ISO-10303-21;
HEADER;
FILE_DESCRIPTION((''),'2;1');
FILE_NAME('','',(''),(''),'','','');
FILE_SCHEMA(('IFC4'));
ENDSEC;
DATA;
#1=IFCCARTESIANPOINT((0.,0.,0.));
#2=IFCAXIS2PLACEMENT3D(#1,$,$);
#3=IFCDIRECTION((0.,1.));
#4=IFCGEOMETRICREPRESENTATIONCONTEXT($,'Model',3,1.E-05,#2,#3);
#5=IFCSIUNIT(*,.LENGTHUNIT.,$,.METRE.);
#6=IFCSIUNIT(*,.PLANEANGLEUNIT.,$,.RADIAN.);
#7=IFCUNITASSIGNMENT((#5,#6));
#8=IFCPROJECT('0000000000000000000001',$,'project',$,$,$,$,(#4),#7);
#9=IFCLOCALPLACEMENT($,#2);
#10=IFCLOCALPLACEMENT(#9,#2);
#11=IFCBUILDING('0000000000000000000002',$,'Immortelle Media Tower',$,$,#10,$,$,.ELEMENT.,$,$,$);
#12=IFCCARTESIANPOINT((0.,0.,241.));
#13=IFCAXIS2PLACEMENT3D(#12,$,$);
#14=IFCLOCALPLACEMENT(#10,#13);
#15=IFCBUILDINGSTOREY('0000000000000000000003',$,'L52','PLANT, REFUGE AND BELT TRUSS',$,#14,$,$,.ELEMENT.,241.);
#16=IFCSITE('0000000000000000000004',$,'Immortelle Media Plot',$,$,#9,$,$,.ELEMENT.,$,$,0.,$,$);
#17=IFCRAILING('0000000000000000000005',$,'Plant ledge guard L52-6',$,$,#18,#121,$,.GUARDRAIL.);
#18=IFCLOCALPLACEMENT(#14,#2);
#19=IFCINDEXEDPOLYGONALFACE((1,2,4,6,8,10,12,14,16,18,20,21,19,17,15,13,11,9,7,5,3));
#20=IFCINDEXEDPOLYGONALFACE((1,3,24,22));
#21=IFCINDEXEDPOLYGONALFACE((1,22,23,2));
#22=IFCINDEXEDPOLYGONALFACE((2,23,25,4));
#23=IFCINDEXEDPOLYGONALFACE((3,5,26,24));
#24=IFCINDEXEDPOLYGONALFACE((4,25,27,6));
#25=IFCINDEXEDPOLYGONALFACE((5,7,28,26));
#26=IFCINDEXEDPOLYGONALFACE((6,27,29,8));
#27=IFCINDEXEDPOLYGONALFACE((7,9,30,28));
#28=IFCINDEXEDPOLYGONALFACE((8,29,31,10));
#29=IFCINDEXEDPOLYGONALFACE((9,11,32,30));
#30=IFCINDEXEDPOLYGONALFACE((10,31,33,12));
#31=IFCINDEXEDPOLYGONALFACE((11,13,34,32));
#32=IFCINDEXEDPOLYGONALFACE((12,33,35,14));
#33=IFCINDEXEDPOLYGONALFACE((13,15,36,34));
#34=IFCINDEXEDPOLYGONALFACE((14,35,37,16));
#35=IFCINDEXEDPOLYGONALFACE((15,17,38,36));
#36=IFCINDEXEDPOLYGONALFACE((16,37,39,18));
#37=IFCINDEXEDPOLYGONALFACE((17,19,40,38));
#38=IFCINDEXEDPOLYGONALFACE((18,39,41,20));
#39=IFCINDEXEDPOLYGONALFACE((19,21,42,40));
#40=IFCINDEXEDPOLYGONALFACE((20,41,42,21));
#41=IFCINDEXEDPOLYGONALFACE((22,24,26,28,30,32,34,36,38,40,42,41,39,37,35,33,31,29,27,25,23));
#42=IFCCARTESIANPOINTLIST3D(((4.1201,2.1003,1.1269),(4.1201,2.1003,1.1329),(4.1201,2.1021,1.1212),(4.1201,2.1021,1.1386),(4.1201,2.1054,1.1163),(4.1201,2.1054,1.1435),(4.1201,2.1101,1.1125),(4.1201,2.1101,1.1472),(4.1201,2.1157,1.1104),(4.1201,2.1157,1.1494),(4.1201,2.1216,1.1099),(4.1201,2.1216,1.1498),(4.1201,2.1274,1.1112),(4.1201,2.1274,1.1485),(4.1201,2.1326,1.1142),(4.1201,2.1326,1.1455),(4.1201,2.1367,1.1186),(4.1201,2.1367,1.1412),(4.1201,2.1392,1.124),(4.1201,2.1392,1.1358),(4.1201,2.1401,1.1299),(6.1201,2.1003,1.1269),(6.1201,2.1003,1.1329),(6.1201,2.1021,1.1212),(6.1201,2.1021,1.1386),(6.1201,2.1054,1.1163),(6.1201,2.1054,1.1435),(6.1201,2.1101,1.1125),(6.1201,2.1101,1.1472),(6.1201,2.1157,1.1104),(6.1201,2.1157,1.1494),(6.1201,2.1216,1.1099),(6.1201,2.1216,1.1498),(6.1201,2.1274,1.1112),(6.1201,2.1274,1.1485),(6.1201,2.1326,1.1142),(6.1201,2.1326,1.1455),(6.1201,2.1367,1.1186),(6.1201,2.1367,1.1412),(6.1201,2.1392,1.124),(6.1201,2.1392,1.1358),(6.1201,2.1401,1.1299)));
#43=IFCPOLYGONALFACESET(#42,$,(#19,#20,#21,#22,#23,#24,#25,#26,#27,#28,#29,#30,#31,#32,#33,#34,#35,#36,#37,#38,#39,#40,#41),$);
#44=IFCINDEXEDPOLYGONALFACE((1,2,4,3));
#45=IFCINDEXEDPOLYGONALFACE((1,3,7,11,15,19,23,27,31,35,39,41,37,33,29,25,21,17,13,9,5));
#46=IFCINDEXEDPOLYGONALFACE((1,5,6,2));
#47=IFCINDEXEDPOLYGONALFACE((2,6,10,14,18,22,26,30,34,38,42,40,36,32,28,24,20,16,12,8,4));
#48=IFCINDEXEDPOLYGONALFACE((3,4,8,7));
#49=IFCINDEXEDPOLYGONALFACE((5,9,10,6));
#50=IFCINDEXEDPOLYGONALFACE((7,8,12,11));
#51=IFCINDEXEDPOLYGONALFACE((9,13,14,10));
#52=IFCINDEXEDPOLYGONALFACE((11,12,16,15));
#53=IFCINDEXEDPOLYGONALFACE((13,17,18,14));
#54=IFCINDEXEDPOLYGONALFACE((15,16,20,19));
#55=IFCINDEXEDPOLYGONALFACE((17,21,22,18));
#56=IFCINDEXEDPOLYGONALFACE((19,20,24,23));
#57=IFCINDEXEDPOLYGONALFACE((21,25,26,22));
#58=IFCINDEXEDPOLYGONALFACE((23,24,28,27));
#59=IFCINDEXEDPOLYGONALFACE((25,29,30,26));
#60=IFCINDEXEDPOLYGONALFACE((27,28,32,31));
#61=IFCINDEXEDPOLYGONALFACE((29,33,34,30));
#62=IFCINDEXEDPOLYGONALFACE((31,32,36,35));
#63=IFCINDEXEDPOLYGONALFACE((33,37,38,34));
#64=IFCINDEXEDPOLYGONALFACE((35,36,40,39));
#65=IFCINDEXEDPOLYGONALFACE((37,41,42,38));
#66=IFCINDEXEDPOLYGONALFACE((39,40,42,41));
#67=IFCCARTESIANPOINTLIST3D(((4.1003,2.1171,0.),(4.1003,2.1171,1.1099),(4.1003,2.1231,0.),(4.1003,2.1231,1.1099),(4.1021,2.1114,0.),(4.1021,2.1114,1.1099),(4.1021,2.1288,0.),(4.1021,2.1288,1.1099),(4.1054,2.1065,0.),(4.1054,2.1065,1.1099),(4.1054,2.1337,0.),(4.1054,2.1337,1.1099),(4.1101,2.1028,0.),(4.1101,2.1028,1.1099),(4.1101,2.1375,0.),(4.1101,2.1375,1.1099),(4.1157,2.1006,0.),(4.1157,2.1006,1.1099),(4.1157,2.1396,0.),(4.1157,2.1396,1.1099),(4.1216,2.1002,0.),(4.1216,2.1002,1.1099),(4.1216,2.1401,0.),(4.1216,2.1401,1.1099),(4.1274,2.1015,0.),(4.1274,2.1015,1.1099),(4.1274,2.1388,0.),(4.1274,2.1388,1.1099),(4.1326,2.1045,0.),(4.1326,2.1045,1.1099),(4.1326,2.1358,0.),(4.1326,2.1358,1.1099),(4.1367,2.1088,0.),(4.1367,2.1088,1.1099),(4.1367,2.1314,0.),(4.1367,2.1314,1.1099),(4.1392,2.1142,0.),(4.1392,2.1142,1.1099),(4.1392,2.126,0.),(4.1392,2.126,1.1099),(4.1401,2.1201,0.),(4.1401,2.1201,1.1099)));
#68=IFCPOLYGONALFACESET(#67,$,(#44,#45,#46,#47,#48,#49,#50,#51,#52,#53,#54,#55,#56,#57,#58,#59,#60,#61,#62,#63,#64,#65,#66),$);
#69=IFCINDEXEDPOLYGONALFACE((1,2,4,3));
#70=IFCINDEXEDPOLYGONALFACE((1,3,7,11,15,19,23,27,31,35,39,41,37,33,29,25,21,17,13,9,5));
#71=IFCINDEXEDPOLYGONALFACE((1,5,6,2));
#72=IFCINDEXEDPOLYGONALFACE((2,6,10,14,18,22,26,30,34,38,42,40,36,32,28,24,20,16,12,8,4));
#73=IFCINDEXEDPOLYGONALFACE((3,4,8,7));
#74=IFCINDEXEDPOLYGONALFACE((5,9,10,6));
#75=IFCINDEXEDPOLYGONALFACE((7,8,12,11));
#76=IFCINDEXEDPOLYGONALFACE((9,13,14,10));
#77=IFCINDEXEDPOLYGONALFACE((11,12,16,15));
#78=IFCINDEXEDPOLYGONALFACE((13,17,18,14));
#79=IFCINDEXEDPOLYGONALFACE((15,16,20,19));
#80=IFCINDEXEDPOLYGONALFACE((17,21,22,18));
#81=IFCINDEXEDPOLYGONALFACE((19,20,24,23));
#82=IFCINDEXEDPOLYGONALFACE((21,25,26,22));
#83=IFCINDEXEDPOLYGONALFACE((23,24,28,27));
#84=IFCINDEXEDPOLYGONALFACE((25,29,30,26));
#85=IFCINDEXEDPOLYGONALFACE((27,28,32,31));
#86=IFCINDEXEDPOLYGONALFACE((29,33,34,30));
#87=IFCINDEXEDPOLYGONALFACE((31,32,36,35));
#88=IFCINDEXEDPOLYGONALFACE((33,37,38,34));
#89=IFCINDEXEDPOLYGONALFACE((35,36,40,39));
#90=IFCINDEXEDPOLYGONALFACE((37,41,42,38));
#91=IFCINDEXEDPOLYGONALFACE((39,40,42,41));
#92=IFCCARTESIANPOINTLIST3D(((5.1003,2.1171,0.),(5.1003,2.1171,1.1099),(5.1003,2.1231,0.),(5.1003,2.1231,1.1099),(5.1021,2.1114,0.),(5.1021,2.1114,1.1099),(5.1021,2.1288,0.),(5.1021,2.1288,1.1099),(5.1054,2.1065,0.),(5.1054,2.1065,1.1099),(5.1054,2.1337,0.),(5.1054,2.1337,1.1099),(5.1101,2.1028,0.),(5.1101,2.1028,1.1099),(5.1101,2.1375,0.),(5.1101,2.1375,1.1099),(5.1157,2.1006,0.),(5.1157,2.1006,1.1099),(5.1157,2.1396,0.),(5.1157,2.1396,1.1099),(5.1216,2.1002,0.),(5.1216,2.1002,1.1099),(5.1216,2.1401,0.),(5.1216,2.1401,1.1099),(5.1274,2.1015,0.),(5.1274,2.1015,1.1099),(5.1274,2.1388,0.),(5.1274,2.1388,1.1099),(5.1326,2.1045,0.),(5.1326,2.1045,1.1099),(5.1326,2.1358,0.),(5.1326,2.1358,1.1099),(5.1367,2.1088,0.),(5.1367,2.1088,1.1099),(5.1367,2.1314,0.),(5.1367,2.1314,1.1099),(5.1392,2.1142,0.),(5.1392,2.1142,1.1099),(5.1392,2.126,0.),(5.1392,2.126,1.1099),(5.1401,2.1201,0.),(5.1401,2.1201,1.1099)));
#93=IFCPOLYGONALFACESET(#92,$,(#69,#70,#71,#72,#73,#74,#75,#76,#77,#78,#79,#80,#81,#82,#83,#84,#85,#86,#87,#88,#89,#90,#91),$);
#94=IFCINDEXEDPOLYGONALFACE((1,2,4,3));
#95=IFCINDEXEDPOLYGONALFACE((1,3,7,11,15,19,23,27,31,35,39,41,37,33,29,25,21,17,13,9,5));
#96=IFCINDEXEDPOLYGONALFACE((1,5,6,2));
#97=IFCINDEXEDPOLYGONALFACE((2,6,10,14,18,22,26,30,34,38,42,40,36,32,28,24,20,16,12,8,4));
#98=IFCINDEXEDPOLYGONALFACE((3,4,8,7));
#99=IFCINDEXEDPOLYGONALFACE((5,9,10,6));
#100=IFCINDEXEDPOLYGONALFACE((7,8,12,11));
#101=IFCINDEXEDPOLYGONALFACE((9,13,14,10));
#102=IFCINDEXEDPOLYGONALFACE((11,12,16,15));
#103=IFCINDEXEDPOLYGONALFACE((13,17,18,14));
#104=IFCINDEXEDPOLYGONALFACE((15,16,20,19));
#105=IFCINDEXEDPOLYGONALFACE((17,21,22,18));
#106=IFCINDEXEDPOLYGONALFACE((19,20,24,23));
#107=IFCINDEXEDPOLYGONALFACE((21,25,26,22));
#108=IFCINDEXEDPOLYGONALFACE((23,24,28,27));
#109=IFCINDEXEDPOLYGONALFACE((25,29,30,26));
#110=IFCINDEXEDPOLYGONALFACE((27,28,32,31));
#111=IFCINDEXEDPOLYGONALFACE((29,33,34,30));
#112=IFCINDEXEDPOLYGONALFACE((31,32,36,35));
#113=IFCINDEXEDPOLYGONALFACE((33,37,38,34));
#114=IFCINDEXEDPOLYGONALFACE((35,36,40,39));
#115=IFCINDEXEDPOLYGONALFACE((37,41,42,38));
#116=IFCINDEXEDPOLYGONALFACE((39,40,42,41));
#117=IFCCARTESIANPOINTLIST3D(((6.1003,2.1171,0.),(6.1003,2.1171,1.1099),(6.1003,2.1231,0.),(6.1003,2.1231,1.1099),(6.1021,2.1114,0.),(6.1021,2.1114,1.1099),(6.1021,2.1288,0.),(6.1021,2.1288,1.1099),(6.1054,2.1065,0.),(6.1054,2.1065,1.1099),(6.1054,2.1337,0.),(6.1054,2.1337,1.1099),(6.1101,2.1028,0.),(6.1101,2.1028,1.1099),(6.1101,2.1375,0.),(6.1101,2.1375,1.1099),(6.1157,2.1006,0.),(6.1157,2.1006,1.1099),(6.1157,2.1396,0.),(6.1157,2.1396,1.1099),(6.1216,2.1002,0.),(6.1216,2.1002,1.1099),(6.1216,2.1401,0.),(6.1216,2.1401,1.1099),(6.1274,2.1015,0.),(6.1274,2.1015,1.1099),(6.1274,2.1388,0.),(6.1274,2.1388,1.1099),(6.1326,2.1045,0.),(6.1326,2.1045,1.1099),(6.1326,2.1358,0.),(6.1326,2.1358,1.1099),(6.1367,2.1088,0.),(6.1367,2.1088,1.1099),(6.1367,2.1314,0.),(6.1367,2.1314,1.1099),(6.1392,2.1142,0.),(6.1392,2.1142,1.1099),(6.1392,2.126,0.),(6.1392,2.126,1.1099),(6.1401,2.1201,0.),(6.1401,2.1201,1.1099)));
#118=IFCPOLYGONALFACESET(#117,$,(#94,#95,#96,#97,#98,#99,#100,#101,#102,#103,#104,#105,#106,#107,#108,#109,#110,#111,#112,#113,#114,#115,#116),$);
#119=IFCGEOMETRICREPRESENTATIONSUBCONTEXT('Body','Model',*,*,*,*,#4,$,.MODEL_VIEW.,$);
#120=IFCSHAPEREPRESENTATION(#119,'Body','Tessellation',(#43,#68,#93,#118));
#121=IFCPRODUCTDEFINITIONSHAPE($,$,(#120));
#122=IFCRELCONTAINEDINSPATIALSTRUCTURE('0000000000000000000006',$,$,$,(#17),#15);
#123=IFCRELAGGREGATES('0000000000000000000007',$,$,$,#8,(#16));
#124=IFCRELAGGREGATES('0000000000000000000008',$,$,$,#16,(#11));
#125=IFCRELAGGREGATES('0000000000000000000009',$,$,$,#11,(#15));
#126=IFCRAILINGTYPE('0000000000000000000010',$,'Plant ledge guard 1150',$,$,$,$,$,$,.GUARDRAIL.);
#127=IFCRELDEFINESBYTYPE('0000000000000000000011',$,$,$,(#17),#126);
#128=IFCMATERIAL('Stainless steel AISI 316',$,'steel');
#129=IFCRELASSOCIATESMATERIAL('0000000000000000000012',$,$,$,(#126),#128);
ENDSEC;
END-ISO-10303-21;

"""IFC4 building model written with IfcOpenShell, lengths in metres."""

from ifc_helpers import new_model, si_unit, direction, frame, origin, origin_2d, place, context, subcontext, project, spatial, circle, extrude, material, type_object, element, save


model = new_model("IFC4")

# Units and contexts
model_context = context("Model", 3, precision=1e-05, world=origin(), true_north=direction((0.0, 1.0)))
body_context = subcontext(model_context, "Body", "Model", "MODEL_VIEW")
ifc_project = project(units=[si_unit("LENGTHUNIT", "METRE"), si_unit("PLANEANGLEUNIT", "RADIAN")], contexts=[model_context])

# Site, building, storey
site_placement = place(None, origin())
site = spatial("IfcSite", under=ifc_project, at=site_placement, Name="Immortelle Media Plot", CompositionType="ELEMENT", RefElevation=0.0)
building_placement = place(site_placement, origin())
building = spatial("IfcBuilding", under=site, at=building_placement, Name="Immortelle Media Tower", CompositionType="ELEMENT")
storey_placement = place(building_placement, frame((0.0, 0.0, 241.0)))
storey = spatial("IfcBuildingStorey", under=building, at=storey_placement, Name="L52", Description="PLANT, REFUGE AND BELT TRUSS", CompositionType="ELEMENT", Elevation=241.0)

# Railing
ifc_material_1 = material(Name="Stainless steel AISI 316", Category="steel")
railing_type = type_object("IfcRailingType", Name="Plant ledge guard 1150", PredefinedType="GUARDRAIL", material=ifc_material_1)
railing_1_placement = place(storey_placement, frame((4.1201, 2.1201, 0.0)))
element("IfcRailing", 1, at=railing_1_placement, inside=storey, type_object=railing_type, Name="Plant ledge guard L52-6", PredefinedType="GUARDRAIL", context=body_context, shape_type="SweptSolid", body=[
    extrude(circle(Radius=0.02, at=origin_2d()), frame((0.0, 0.0, 1.1299), z_axis=(1.0, 0.0, 0.0), x_axis=(0.0, 1.0, 0.0)), (0.0, 0.0, 1.0), 2.0),
    extrude(circle(Radius=0.02, at=origin_2d()), origin(), (0.0, 0.0, 1.0), 1.1099),
    extrude(circle(Radius=0.02, at=origin_2d()), frame((1.0, 0.0, 0.0)), (0.0, 0.0, 1.0), 1.1099),
    extrude(circle(Radius=0.02, at=origin_2d()), frame((2.0, 0.0, 0.0)), (0.0, 0.0, 1.0), 1.1099),
])

save(model, "model.ifc")
